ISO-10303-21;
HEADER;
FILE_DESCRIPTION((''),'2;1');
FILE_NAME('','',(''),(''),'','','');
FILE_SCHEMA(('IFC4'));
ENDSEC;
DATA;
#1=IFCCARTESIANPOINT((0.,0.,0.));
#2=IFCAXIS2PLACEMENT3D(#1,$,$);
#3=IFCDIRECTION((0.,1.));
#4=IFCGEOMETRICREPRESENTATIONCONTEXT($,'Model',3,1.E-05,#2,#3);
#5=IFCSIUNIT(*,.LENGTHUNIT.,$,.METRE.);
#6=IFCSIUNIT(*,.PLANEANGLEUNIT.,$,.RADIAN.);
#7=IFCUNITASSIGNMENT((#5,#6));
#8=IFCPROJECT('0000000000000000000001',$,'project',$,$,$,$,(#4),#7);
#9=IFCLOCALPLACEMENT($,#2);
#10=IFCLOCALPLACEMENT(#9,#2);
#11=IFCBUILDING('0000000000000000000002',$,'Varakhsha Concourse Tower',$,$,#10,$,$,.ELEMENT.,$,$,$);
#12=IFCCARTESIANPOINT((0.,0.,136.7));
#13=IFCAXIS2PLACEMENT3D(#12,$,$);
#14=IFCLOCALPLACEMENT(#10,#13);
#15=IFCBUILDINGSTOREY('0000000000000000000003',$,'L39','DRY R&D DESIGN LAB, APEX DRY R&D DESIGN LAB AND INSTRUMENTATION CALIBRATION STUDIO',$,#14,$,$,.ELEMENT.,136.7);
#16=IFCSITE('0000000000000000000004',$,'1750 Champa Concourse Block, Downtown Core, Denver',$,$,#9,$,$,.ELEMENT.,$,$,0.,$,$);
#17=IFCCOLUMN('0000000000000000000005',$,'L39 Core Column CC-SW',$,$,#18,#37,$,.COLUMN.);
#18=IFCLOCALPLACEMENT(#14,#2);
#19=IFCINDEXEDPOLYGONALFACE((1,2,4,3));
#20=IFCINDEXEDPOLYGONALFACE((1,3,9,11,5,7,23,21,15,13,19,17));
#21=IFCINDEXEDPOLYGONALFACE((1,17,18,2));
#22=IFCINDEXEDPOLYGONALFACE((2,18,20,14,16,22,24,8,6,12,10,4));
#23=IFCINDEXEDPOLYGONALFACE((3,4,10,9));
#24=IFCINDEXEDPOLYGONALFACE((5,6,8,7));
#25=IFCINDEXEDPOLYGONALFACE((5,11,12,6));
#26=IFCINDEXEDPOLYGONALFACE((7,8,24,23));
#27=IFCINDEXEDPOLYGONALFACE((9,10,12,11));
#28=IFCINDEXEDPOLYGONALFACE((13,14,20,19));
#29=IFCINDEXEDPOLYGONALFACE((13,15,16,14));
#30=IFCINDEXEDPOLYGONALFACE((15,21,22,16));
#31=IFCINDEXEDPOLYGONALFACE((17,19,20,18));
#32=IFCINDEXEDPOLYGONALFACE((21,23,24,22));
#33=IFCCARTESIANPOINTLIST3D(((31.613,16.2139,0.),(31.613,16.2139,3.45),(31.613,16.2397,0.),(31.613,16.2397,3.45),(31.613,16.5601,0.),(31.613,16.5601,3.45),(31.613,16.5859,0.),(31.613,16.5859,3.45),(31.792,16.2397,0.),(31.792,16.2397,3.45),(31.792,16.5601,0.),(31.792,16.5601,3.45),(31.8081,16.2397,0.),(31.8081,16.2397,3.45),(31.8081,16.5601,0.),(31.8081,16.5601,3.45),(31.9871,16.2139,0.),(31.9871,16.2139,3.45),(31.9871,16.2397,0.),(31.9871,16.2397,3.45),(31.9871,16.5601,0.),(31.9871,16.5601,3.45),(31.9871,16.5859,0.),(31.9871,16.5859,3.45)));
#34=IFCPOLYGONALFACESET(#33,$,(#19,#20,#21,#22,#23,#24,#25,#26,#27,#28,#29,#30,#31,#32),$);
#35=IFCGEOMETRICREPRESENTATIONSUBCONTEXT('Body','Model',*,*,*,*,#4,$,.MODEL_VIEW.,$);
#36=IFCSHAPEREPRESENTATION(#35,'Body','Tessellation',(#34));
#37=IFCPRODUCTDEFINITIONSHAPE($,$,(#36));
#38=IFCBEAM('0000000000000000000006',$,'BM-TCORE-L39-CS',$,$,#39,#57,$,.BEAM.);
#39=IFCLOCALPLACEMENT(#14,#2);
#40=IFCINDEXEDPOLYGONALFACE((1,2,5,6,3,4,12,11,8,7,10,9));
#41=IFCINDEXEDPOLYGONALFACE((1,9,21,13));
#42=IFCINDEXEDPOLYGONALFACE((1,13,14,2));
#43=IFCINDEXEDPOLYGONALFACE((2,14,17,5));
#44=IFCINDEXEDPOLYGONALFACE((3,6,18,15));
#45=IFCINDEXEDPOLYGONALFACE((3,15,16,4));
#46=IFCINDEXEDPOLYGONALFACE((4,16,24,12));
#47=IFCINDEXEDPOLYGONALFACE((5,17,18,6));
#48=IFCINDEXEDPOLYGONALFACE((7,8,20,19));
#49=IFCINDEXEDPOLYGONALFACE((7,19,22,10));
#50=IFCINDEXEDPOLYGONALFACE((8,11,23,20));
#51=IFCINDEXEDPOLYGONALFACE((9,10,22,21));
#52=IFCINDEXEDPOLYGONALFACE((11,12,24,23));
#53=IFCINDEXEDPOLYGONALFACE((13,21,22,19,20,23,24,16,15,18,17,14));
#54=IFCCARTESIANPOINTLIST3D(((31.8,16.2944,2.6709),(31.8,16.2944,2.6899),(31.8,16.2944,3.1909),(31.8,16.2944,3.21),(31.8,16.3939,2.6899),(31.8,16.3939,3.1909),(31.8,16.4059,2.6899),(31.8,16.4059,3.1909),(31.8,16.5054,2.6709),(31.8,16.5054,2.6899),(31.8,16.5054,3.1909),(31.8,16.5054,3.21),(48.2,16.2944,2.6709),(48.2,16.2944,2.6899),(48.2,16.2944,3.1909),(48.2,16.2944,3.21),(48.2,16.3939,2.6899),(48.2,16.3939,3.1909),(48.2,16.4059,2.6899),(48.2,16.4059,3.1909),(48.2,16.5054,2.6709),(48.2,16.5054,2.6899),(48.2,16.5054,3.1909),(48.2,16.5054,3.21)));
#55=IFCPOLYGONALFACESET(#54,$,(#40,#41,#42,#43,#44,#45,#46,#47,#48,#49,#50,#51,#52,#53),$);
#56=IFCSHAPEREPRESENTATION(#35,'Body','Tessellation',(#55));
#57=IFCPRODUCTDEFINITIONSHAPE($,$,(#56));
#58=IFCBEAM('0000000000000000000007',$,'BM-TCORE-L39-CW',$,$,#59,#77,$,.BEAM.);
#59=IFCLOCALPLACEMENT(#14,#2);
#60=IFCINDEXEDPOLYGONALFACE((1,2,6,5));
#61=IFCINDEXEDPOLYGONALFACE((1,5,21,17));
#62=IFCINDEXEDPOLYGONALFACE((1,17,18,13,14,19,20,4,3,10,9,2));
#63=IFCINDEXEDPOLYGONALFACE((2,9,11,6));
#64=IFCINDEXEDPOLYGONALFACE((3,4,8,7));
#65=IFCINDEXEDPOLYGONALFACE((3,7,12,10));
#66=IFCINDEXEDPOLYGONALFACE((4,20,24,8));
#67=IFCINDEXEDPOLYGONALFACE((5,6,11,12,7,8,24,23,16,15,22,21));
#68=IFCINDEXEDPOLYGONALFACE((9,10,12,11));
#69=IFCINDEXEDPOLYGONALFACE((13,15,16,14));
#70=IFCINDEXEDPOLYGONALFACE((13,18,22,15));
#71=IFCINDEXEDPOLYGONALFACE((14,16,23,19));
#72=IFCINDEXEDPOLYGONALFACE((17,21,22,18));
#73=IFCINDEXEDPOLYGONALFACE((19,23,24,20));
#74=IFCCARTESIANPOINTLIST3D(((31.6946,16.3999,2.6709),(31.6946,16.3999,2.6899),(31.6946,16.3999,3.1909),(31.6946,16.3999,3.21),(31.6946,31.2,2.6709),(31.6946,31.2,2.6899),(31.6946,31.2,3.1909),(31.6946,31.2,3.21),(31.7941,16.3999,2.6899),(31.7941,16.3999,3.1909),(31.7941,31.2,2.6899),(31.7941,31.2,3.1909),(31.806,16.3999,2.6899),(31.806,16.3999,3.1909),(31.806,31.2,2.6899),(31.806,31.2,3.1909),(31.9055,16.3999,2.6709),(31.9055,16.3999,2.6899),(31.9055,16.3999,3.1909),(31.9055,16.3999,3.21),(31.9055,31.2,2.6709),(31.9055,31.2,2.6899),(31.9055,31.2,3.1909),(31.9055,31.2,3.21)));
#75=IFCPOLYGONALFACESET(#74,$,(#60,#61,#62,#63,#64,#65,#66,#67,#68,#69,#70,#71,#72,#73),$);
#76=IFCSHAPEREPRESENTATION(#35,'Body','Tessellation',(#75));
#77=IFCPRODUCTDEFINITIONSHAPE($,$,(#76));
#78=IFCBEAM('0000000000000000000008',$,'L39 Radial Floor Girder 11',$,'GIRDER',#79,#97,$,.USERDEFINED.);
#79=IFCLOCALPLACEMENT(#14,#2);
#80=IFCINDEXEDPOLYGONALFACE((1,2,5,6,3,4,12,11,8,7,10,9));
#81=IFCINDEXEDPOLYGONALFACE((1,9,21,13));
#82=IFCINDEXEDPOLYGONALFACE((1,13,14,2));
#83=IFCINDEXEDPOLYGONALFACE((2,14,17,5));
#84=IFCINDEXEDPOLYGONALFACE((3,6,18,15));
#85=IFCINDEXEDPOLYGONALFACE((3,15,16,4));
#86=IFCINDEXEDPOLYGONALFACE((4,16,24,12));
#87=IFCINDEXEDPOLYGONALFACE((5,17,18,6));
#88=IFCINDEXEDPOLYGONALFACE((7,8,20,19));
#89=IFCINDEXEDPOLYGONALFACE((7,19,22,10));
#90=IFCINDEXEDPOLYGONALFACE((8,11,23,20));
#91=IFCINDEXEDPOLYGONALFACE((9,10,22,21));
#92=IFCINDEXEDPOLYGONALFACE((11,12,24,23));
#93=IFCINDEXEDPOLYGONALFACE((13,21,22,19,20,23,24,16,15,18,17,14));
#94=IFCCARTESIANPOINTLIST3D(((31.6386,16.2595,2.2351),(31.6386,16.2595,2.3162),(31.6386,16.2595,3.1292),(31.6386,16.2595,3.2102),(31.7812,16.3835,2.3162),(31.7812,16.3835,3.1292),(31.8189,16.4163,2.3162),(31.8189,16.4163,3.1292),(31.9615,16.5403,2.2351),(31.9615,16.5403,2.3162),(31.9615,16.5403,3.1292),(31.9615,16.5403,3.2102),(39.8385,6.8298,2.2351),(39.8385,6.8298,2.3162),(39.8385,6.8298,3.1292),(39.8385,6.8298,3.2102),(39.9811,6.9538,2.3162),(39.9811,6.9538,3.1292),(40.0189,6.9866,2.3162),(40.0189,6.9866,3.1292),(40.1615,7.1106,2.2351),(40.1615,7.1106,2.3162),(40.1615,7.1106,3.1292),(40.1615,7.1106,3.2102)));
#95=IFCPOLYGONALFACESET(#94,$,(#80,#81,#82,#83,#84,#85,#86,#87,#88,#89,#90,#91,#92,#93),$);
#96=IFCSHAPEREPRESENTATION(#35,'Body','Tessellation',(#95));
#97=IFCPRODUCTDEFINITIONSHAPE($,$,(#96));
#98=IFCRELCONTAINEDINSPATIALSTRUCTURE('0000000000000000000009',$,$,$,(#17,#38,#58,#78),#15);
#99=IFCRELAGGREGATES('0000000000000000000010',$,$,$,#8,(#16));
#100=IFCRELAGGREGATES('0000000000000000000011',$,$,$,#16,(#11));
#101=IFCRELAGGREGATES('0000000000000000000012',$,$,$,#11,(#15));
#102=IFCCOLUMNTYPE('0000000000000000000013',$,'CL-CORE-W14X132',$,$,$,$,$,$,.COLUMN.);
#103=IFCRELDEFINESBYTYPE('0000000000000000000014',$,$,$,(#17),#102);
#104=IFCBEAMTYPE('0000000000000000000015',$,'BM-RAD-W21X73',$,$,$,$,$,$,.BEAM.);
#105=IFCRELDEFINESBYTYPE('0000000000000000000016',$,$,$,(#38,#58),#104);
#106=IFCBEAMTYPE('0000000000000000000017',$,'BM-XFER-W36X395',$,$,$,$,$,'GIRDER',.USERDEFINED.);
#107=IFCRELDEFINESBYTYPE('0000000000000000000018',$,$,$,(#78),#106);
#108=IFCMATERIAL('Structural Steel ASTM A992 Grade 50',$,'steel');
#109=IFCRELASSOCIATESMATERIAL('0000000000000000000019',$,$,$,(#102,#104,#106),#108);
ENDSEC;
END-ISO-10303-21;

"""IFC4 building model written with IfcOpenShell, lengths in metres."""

from ifc_helpers import new_model, si_unit, direction, frame, origin, origin_2d, place, context, subcontext, project, spatial, i_section, extrude, material, material_profile, profile_set, type_object, element, save


model = new_model("IFC4")

# Units and contexts
model_context = context("Model", 3, precision=1e-05, world=origin(), true_north=direction((0.0, 1.0)))
body_context = subcontext(model_context, "Body", "Model", "MODEL_VIEW")
ifc_project = project(units=[si_unit("LENGTHUNIT", "METRE"), si_unit("PLANEANGLEUNIT", "RADIAN")], contexts=[model_context])

# Site, building, storey
site_placement = place(None, origin())
site = spatial("IfcSite", under=ifc_project, at=site_placement, Name="1750 Champa Concourse Block, Downtown Core, Denver", CompositionType="ELEMENT", RefElevation=0.0)
building_placement = place(site_placement, origin())
building = spatial("IfcBuilding", under=site, at=building_placement, Name="Varakhsha Concourse Tower", CompositionType="ELEMENT")
storey_placement = place(building_placement, frame((0.0, 0.0, 136.7)))
storey = spatial("IfcBuildingStorey", under=building, at=storey_placement, Name="L39", Description="DRY R&D DESIGN LAB, APEX DRY R&D DESIGN LAB AND INSTRUMENTATION CALIBRATION STUDIO", CompositionType="ELEMENT", Elevation=136.7)

# Column
ifc_material_1 = material(Name="Structural Steel ASTM A992 Grade 50", Category="steel")
ifc_material_profile_1 = material_profile(ifc_material_1, i_section(OverallWidth=0.374, OverallDepth=0.3721, WebThickness=0.0161, FlangeThickness=0.0259, at=origin_2d()), Name="W14X132")
ifc_profile_set_1 = profile_set([ifc_material_profile_1], Name="Structural Steel ASTM A992 Grade 50")
column_type = type_object("IfcColumnType", Name="CL-CORE-W14X132", PredefinedType="COLUMN", material=ifc_profile_set_1)
column_placement = place(storey_placement, frame((31.8, 16.3999, 0.0), z_axis=(0.0, 0.0, 1.0), x_axis=(1.0, 0.0, 0.0)))
element("IfcColumn", 1, at=column_placement, inside=storey, type_object=column_type, Name="L39 Core Column CC-SW", PredefinedType="COLUMN", context=body_context, shape_type="SweptSolid", body=[
    extrude(i_section(OverallWidth=0.374, OverallDepth=0.3721, WebThickness=0.0161, FlangeThickness=0.0259, at=origin_2d()), origin(), (0.0, 0.0, 1.0), 3.45),
])

# Beams
ifc_material_profile_2 = material_profile(ifc_material_1, i_section(OverallWidth=0.2109, OverallDepth=0.5391, WebThickness=0.012, FlangeThickness=0.019, at=origin_2d()), Name="W21X73")
ifc_profile_set_2 = profile_set([ifc_material_profile_2], Name="Structural Steel ASTM A992 Grade 50")
beam_type_1 = type_object("IfcBeamType", Name="BM-RAD-W21X73", PredefinedType="BEAM", material=ifc_profile_set_2)
beam_1_placement = place(storey_placement, frame((31.8, 16.3999, 2.9404), z_axis=(1.0, 0.0, 0.0), x_axis=(0.0, 1.0, 0.0)))
element("IfcBeam", 2, at=beam_1_placement, inside=storey, type_object=beam_type_1, Name="BM-TCORE-L39-CS", PredefinedType="BEAM", context=body_context, shape_type="SweptSolid", body=[
    extrude(i_section(OverallWidth=0.2109, OverallDepth=0.5391, WebThickness=0.012, FlangeThickness=0.019, at=origin_2d()), origin(), (0.0, 0.0, 1.0), 16.3999),
])
beam_2_placement = place(storey_placement, frame((31.8, 16.3999, 2.9404), z_axis=(0.0, 1.0, 0.0), x_axis=(-1.0, 0.0, 0.0)))
element("IfcBeam", 3, at=beam_2_placement, inside=storey, type_object=beam_type_1, Name="BM-TCORE-L39-CW", PredefinedType="BEAM", context=body_context, shape_type="SweptSolid", body=[
    extrude(i_section(OverallWidth=0.2109, OverallDepth=0.5391, WebThickness=0.012, FlangeThickness=0.019, at=origin_2d()), origin(), (0.0, 0.0, 1.0), 14.8),
])
ifc_material_profile_3 = material_profile(ifc_material_1, i_section(OverallWidth=0.428, OverallDepth=0.9751, WebThickness=0.05, FlangeThickness=0.0811, at=origin_2d()), Name="W36X395")
ifc_profile_set_3 = profile_set([ifc_material_profile_3], Name="Structural Steel ASTM A992 Grade 50")
beam_type_2 = type_object("IfcBeamType", Name="BM-XFER-W36X395", ElementType="GIRDER", PredefinedType="USERDEFINED", material=ifc_profile_set_3)
beam_3_placement = place(storey_placement, frame((31.8, 16.3999, 2.7227), z_axis=(0.656189, -0.754597, 0.0), x_axis=(0.754597, 0.656189, 0.0)))
element("IfcBeam", 4, at=beam_3_placement, inside=storey, type_object=beam_type_2, Name="L39 Radial Floor Girder 11", ObjectType="GIRDER", PredefinedType="USERDEFINED", context=body_context, shape_type="SweptSolid", body=[
    extrude(i_section(OverallWidth=0.428, OverallDepth=0.9751, WebThickness=0.05, FlangeThickness=0.0811, at=origin_2d()), origin(), (0.0, 0.0, 1.0), 12.4963),
])

save(model, "model.ifc")
